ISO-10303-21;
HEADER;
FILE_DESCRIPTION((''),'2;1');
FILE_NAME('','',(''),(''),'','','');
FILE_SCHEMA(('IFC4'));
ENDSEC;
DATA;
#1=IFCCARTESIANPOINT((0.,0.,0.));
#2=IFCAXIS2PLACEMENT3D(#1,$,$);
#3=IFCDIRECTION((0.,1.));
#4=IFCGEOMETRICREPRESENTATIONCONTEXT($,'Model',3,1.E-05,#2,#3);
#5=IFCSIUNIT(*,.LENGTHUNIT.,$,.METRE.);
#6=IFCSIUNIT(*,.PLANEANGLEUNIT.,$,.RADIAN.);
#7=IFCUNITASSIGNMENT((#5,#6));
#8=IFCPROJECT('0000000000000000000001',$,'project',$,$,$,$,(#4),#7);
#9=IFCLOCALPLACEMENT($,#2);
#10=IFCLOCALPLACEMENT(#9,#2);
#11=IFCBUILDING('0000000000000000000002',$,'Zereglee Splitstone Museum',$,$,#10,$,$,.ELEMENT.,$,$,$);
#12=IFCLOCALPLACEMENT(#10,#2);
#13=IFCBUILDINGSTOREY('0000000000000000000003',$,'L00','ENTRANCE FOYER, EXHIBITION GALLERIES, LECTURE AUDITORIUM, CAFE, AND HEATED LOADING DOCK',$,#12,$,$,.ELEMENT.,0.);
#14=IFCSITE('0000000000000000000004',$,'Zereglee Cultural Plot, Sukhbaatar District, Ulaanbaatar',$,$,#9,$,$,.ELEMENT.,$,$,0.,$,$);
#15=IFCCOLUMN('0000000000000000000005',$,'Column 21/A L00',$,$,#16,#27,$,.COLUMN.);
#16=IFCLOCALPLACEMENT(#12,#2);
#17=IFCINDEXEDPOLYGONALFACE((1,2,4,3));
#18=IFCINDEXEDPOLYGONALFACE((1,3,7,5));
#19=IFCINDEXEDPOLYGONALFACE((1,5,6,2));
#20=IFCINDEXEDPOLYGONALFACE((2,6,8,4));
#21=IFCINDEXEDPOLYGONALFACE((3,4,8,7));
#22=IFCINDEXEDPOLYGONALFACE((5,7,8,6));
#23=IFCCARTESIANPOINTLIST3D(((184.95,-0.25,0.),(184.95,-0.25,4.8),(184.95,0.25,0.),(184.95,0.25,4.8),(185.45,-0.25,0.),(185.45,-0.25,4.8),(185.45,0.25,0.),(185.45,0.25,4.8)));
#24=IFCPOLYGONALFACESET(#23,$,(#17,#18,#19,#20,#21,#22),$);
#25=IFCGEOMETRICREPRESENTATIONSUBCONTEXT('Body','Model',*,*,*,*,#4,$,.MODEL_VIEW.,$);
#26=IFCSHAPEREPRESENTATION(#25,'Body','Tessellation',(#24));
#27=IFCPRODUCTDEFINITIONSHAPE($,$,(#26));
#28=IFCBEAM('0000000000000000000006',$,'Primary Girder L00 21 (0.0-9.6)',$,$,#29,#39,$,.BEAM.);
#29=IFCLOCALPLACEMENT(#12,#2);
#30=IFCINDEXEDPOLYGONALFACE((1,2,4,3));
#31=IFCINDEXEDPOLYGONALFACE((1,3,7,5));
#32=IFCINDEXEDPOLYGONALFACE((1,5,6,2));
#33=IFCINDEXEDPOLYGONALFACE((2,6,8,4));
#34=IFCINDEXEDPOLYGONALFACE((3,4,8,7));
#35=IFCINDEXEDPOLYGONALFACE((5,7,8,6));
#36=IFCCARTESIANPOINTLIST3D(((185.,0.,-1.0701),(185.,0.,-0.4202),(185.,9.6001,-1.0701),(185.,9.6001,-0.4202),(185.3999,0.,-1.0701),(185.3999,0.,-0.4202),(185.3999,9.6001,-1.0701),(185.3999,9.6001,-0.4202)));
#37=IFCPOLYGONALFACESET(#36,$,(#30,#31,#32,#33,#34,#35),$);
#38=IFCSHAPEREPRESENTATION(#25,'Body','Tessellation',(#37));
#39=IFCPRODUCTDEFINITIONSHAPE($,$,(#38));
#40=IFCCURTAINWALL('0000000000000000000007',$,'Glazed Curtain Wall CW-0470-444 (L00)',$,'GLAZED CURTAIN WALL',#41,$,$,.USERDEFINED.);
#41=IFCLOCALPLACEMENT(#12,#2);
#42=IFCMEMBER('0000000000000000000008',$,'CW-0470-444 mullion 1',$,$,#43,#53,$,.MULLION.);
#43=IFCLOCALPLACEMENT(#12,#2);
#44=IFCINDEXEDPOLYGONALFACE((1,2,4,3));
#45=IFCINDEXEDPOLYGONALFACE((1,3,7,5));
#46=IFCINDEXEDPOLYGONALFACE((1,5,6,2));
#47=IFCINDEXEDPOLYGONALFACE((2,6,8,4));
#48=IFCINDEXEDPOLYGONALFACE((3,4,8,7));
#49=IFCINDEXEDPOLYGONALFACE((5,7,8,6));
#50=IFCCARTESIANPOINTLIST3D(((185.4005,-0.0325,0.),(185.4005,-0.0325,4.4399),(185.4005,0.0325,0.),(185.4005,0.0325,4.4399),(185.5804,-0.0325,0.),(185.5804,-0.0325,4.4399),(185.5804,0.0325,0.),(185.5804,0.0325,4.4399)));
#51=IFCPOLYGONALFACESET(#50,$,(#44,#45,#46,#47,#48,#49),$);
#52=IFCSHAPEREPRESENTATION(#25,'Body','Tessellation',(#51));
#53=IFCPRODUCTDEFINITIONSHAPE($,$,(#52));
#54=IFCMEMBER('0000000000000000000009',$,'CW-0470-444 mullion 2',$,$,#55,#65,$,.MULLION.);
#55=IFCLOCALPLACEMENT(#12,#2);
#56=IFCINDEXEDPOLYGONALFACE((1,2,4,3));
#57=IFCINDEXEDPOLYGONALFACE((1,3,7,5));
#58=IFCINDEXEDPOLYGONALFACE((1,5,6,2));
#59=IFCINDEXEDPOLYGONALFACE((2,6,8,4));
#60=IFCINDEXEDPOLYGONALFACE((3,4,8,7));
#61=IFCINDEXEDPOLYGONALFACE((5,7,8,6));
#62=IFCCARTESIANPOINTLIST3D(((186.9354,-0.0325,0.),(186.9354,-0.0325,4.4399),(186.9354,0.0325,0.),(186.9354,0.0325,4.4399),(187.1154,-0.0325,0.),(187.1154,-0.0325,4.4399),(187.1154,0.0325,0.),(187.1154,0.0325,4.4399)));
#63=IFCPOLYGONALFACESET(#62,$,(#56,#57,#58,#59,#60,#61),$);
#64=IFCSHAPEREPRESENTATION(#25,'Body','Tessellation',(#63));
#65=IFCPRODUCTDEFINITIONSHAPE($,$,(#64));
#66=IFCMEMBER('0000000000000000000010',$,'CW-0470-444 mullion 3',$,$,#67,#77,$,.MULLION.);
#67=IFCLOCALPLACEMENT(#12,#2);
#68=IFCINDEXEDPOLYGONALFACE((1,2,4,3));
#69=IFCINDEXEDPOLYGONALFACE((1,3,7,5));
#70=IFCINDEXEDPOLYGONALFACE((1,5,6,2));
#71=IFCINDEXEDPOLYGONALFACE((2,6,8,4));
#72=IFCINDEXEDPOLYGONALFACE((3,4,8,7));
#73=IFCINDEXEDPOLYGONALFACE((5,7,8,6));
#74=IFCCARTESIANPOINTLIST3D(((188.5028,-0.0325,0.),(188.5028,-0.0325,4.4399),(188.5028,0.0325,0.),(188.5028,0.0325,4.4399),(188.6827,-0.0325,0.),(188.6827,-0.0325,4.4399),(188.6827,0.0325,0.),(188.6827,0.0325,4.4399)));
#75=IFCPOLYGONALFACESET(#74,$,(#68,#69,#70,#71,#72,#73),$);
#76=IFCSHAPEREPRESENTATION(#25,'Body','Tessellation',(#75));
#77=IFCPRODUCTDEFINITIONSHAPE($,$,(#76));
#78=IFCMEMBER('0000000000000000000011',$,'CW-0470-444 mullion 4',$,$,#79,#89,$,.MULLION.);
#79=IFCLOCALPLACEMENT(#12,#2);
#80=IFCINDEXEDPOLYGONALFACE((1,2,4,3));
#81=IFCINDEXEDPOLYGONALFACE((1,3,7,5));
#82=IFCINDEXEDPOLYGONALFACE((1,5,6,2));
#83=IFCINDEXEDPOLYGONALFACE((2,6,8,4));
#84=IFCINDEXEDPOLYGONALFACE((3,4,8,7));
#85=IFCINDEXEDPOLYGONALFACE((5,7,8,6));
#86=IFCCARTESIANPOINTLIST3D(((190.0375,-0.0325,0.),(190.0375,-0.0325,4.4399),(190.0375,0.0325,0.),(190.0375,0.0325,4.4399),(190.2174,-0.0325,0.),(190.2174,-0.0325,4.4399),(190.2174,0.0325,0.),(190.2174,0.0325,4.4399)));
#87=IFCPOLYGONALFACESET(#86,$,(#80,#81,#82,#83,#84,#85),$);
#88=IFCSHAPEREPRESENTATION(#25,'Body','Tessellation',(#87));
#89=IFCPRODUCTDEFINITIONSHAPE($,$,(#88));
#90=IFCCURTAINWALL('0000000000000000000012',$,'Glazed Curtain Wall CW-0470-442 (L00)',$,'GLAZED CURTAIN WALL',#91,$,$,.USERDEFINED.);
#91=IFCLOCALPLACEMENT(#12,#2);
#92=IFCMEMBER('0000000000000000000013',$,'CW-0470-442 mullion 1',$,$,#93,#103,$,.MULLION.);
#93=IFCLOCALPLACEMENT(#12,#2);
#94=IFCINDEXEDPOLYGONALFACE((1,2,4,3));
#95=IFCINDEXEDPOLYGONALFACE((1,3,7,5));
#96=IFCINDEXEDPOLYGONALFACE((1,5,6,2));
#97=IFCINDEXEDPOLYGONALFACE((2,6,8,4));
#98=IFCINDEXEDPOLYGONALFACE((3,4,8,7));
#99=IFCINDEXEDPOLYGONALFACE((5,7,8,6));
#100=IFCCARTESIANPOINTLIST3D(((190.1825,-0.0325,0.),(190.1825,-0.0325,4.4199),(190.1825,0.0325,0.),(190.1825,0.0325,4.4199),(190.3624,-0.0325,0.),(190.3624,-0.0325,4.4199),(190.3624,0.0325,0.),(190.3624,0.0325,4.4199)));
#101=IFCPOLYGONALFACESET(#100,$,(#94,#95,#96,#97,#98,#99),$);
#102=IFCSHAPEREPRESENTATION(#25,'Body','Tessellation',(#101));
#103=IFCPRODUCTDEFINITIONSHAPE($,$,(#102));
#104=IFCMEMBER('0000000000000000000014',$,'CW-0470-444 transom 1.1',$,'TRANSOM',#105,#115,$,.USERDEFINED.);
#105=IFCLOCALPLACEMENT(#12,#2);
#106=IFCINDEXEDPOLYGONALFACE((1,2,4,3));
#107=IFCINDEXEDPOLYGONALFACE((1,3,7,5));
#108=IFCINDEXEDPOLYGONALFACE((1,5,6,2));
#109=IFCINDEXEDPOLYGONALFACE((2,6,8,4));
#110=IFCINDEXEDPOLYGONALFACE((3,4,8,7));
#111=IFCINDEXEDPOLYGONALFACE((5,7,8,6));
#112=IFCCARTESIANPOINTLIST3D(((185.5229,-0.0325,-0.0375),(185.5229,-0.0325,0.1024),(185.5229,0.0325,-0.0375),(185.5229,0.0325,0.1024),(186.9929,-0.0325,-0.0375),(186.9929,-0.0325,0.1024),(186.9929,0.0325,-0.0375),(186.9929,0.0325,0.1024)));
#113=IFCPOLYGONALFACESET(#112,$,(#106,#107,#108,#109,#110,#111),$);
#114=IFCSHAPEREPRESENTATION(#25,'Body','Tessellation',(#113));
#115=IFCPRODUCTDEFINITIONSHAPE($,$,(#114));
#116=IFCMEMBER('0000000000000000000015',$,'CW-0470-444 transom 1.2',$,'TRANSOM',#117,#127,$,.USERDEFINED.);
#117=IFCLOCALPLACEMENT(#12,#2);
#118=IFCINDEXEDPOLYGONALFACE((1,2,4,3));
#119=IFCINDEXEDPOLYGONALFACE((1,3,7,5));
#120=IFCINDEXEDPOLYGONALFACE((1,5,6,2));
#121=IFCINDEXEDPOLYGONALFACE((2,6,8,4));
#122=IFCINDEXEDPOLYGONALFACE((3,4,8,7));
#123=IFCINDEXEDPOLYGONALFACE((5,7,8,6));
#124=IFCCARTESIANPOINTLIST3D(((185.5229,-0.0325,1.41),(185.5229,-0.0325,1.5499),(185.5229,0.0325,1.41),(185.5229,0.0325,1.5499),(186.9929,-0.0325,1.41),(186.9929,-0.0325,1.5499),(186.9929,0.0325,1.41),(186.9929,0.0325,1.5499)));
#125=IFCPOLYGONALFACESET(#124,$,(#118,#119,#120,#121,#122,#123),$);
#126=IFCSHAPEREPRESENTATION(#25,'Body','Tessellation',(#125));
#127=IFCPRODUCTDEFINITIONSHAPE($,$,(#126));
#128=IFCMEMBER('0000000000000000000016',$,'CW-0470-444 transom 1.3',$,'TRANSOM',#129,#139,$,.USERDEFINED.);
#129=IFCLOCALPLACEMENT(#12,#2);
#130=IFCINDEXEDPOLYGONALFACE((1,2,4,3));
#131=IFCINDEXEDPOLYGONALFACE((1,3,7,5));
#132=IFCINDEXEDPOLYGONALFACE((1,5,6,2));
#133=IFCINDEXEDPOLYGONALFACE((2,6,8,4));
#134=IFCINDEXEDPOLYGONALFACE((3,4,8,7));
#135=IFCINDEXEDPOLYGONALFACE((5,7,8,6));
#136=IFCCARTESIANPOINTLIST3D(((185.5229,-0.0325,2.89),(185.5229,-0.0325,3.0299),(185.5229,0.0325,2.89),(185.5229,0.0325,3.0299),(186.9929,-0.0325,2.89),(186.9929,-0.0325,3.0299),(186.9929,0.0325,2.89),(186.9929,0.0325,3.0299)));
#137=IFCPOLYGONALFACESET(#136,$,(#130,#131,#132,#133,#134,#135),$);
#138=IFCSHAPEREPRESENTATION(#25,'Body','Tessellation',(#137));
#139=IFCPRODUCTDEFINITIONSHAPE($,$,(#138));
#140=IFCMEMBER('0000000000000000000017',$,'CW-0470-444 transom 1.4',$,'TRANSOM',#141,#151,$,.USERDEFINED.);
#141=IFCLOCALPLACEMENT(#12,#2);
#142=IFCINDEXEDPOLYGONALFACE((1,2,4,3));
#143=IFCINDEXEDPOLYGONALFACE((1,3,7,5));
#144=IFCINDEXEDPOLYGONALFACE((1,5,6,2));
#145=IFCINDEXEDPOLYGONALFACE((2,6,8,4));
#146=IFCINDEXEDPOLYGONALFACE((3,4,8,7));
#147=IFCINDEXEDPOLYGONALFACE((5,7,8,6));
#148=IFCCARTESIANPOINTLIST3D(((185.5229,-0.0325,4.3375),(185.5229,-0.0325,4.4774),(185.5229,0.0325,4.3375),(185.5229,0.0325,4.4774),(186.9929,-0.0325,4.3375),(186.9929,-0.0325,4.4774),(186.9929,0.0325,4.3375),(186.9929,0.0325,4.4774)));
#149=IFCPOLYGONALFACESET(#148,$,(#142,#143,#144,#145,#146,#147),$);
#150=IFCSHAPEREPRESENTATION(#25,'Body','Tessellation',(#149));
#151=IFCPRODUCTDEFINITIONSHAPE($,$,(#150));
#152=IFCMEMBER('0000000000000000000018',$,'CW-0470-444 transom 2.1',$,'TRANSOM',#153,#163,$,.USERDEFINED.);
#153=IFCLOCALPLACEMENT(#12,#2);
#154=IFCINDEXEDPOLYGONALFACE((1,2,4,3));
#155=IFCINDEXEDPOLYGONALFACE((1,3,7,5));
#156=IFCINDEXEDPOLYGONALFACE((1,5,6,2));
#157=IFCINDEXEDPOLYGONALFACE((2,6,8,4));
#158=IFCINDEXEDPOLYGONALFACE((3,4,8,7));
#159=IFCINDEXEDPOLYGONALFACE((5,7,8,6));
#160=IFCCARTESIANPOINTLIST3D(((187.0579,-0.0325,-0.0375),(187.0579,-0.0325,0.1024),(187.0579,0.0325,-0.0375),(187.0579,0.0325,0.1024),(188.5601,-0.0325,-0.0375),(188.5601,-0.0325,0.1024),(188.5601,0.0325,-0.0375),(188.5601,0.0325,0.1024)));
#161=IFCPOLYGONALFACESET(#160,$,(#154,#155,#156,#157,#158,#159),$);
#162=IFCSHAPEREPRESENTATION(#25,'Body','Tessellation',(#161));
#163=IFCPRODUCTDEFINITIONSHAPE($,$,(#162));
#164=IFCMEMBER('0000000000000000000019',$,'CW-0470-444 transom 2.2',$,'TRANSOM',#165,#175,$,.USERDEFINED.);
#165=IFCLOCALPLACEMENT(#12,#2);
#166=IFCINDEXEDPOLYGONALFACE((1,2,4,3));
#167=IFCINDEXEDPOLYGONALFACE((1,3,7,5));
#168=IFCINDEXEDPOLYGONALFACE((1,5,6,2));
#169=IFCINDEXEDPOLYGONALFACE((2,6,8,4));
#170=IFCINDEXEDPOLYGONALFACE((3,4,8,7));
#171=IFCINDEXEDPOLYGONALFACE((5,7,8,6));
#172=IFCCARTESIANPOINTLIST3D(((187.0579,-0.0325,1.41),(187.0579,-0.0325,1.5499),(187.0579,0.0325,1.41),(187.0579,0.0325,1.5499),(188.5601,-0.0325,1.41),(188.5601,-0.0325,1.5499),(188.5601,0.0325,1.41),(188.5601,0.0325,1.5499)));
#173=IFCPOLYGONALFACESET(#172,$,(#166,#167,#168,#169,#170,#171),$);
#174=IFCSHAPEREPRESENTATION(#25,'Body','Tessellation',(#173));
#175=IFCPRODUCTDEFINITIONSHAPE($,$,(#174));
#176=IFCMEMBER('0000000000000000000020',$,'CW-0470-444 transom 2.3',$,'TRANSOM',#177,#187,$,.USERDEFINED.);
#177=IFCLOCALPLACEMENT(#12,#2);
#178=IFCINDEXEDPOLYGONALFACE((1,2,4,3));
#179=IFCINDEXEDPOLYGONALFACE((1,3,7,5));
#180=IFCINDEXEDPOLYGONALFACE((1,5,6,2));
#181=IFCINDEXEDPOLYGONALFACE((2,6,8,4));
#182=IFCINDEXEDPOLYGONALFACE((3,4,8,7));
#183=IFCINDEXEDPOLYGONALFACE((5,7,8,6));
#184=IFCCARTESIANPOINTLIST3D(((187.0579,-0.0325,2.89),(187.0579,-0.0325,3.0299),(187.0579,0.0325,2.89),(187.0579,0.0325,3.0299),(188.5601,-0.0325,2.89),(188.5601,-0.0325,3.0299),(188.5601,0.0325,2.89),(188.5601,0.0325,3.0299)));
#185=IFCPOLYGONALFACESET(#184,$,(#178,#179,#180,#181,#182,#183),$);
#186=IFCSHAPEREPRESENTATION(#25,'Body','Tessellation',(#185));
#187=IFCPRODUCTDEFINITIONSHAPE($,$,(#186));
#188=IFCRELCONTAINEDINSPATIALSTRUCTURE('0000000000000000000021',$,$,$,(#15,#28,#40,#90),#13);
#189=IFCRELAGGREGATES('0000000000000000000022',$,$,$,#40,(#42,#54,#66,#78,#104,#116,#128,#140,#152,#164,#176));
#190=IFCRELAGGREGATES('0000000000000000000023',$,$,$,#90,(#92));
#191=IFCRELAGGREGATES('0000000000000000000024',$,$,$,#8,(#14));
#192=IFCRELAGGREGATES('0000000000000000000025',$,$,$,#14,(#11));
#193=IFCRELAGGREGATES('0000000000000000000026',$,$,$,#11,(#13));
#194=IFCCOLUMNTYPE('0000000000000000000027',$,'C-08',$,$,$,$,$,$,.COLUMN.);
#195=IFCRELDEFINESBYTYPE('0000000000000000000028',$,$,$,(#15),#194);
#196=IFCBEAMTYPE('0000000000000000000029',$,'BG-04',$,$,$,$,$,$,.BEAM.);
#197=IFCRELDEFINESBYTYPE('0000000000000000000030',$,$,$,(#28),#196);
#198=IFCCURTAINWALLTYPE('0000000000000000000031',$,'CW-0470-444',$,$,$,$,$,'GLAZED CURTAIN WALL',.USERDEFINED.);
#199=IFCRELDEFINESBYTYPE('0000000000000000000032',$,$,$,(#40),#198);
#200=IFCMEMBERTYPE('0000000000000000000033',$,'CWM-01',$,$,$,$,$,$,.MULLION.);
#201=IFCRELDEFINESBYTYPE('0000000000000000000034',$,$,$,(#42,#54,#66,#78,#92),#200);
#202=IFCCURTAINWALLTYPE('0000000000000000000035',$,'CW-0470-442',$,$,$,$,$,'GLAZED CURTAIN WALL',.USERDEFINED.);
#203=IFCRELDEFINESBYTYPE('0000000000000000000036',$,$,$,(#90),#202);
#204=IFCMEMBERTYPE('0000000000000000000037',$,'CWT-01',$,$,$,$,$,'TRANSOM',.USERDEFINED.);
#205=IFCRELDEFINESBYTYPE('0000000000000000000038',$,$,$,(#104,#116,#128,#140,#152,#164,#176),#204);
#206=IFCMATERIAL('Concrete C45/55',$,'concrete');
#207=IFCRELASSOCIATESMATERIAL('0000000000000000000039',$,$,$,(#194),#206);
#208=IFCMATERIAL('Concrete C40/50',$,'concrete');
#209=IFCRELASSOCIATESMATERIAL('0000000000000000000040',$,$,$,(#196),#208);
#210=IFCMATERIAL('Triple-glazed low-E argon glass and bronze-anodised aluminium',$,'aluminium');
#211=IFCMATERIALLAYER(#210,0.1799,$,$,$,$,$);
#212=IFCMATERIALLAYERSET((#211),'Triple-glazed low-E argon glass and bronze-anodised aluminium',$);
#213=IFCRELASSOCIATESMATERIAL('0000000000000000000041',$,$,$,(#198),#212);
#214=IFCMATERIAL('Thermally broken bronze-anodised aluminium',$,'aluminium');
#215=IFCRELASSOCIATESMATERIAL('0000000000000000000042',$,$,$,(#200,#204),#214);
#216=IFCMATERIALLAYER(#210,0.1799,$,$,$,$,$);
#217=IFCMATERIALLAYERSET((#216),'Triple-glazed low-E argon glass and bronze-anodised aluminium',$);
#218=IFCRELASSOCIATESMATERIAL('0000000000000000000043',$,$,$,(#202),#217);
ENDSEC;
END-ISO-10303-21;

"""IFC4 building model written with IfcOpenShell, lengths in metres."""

from ifc_helpers import new_model, si_unit, direction, frame, origin, origin_2d, place, context, subcontext, project, spatial, rectangle, extrude, material, layer, layer_set, material_profile, profile_set, type_object, element, aggregate, save


model = new_model("IFC4")

# Units and contexts
model_context = context("Model", 3, precision=1e-05, world=origin(), true_north=direction((0.0, 1.0)))
body_context = subcontext(model_context, "Body", "Model", "MODEL_VIEW")
ifc_project = project(units=[si_unit("LENGTHUNIT", "METRE"), si_unit("PLANEANGLEUNIT", "RADIAN")], contexts=[model_context])

# Site, building, storey
site_placement = place(None, origin())
site = spatial("IfcSite", under=ifc_project, at=site_placement, Name="Zereglee Cultural Plot, Sukhbaatar District, Ulaanbaatar", CompositionType="ELEMENT", RefElevation=0.0)
building_placement = place(site_placement, origin())
building = spatial("IfcBuilding", under=site, at=building_placement, Name="Zereglee Splitstone Museum", CompositionType="ELEMENT")
storey_placement = place(building_placement, origin())
storey = spatial("IfcBuildingStorey", under=building, at=storey_placement, Name="L00", Description="ENTRANCE FOYER, EXHIBITION GALLERIES, LECTURE AUDITORIUM, CAFE, AND HEATED LOADING DOCK", CompositionType="ELEMENT", Elevation=0.0)

# Column
ifc_material_1 = material(Name="Concrete C45/55", Category="concrete")
ifc_material_profile_1 = material_profile(ifc_material_1, rectangle(XDim=0.5, YDim=0.5, at=origin_2d()), Name="RC 500x500")
ifc_profile_set_1 = profile_set([ifc_material_profile_1], Name="Concrete C45/55")
column_type = type_object("IfcColumnType", Name="C-08", PredefinedType="COLUMN", material=ifc_profile_set_1)
column_placement = place(storey_placement, frame((185.2, 0.0, 0.0), z_axis=(0.0, 0.0, 1.0), x_axis=(1.0, 0.0, 0.0)))
element("IfcColumn", 1, at=column_placement, inside=storey, type_object=column_type, Name="Column 21/A L00", PredefinedType="COLUMN", context=body_context, shape_type="SweptSolid", body=[
    extrude(rectangle(XDim=0.5, YDim=0.5, at=origin_2d()), origin(), (0.0, 0.0, 1.0), 4.8),
])

# Beam
ifc_material_2 = material(Name="Concrete C40/50", Category="concrete")
ifc_material_profile_2 = material_profile(ifc_material_2, rectangle(XDim=0.3999, YDim=0.6499, at=origin_2d()), Name="RC 400x650")
ifc_profile_set_2 = profile_set([ifc_material_profile_2], Name="Concrete C40/50")
beam_type_1 = type_object("IfcBeamType", Name="BG-04", PredefinedType="BEAM", material=ifc_profile_set_2)
beam_1_placement = place(storey_placement, frame((185.2, 0.0, -0.7451), z_axis=(0.0, 1.0, 0.0), x_axis=(-1.0, 0.0, 0.0)))
element("IfcBeam", 2, at=beam_1_placement, inside=storey, type_object=beam_type_1, Name="Primary Girder L00 21 (0.0-9.6)", PredefinedType="BEAM", context=body_context, shape_type="SweptSolid", body=[
    extrude(rectangle(XDim=0.3999, YDim=0.6499, at=origin_2d()), origin(), (0.0, 0.0, 1.0), 9.6001),
])

# Curtain wall, members
ifc_material_3 = material(Name="Triple-glazed low-E argon glass and bronze-anodised aluminium", Category="aluminium")
ifc_layer_1 = layer(ifc_material_3, 0.1799)
ifc_layer_set_1 = layer_set([ifc_layer_1], Name="Triple-glazed low-E argon glass and bronze-anodised aluminium")
curtain_wall_type_1 = type_object("IfcCurtainWallType", Name="CW-0470-444", ElementType="GLAZED CURTAIN WALL", PredefinedType="USERDEFINED", material=ifc_layer_set_1)
curtain_wall_1_placement = place(storey_placement, origin())
curtain_wall_1 = element("IfcCurtainWall", 3, at=curtain_wall_1_placement, inside=storey, type_object=curtain_wall_type_1, Name="Glazed Curtain Wall CW-0470-444 (L00)", ObjectType="GLAZED CURTAIN WALL", PredefinedType="USERDEFINED")
ifc_material_4 = material(Name="Thermally broken bronze-anodised aluminium", Category="aluminium")
ifc_material_profile_3 = material_profile(ifc_material_4, rectangle(XDim=0.0649, YDim=0.1799, at=origin_2d()), Name="CW MULL 65x180")
ifc_profile_set_3 = profile_set([ifc_material_profile_3], Name="Thermally broken bronze-anodised aluminium")
member_type_1 = type_object("IfcMemberType", Name="CWM-01", PredefinedType="MULLION", material=ifc_profile_set_3)
member_1_placement = place(storey_placement, frame((185.4905, 0.0, 0.0), z_axis=(0.0, 0.0, 1.0), x_axis=(0.0, 1.0, 0.0)))
member_1 = element("IfcMember", 4, at=member_1_placement, type_object=member_type_1, Name="CW-0470-444 mullion 1", PredefinedType="MULLION", context=body_context, shape_type="SweptSolid", body=[
    extrude(rectangle(XDim=0.0649, YDim=0.1799, at=origin_2d()), origin(), (0.0, 0.0, 1.0), 4.4399),
])
member_2_placement = place(storey_placement, frame((187.0254, 0.0, 0.0), z_axis=(0.0, 0.0, 1.0), x_axis=(0.0, 1.0, 0.0)))
member_2 = element("IfcMember", 5, at=member_2_placement, type_object=member_type_1, Name="CW-0470-444 mullion 2", PredefinedType="MULLION", context=body_context, shape_type="SweptSolid", body=[
    extrude(rectangle(XDim=0.0649, YDim=0.1799, at=origin_2d()), origin(), (0.0, 0.0, 1.0), 4.4399),
])
member_3_placement = place(storey_placement, frame((188.5928, 0.0, 0.0), z_axis=(0.0, 0.0, 1.0), x_axis=(0.0, 1.0, 0.0)))
member_3 = element("IfcMember", 6, at=member_3_placement, type_object=member_type_1, Name="CW-0470-444 mullion 3", PredefinedType="MULLION", context=body_context, shape_type="SweptSolid", body=[
    extrude(rectangle(XDim=0.0649, YDim=0.1799, at=origin_2d()), origin(), (0.0, 0.0, 1.0), 4.4399),
])
member_4_placement = place(storey_placement, frame((190.1274, 0.0, 0.0), z_axis=(0.0, 0.0, 1.0), x_axis=(0.0, 1.0, 0.0)))
member_4 = element("IfcMember", 7, at=member_4_placement, type_object=member_type_1, Name="CW-0470-444 mullion 4", PredefinedType="MULLION", context=body_context, shape_type="SweptSolid", body=[
    extrude(rectangle(XDim=0.0649, YDim=0.1799, at=origin_2d()), origin(), (0.0, 0.0, 1.0), 4.4399),
])

# Curtain wall, member
ifc_layer_2 = layer(ifc_material_3, 0.1799)
ifc_layer_set_2 = layer_set([ifc_layer_2], Name="Triple-glazed low-E argon glass and bronze-anodised aluminium")
curtain_wall_type_2 = type_object("IfcCurtainWallType", Name="CW-0470-442", ElementType="GLAZED CURTAIN WALL", PredefinedType="USERDEFINED", material=ifc_layer_set_2)
curtain_wall_2_placement = place(storey_placement, origin())
curtain_wall_2 = element("IfcCurtainWall", 8, at=curtain_wall_2_placement, inside=storey, type_object=curtain_wall_type_2, Name="Glazed Curtain Wall CW-0470-442 (L00)", ObjectType="GLAZED CURTAIN WALL", PredefinedType="USERDEFINED")
member_5_placement = place(storey_placement, frame((190.2725, 0.0, 0.0), z_axis=(0.0, 0.0, 1.0), x_axis=(0.0, 1.0, 0.0)))
member_5 = element("IfcMember", 9, at=member_5_placement, type_object=member_type_1, Name="CW-0470-442 mullion 1", PredefinedType="MULLION", context=body_context, shape_type="SweptSolid", body=[
    extrude(rectangle(XDim=0.0649, YDim=0.1799, at=origin_2d()), origin(), (0.0, 0.0, 1.0), 4.4199),
])

# Members
ifc_material_profile_4 = material_profile(ifc_material_4, rectangle(XDim=0.0649, YDim=0.1399, at=origin_2d()), Name="CW TRAN 65x140")
ifc_profile_set_4 = profile_set([ifc_material_profile_4], Name="Thermally broken bronze-anodised aluminium")
member_type_2 = type_object("IfcMemberType", Name="CWT-01", ElementType="TRANSOM", PredefinedType="USERDEFINED", material=ifc_profile_set_4)
member_6_placement = place(storey_placement, frame((185.5229, 0.0, 0.0325), z_axis=(1.0, 0.0, 0.0), x_axis=(0.0, 1.0, 0.0)))
member_6 = element("IfcMember", 10, at=member_6_placement, type_object=member_type_2, Name="CW-0470-444 transom 1.1", ObjectType="TRANSOM", PredefinedType="USERDEFINED", context=body_context, shape_type="SweptSolid", body=[
    extrude(rectangle(XDim=0.0649, YDim=0.1399, at=origin_2d()), origin(), (0.0, 0.0, 1.0), 1.47),
])
member_7_placement = place(storey_placement, frame((185.5229, 0.0, 1.48), z_axis=(1.0, 0.0, 0.0), x_axis=(0.0, 1.0, 0.0)))
member_7 = element("IfcMember", 11, at=member_7_placement, type_object=member_type_2, Name="CW-0470-444 transom 1.2", ObjectType="TRANSOM", PredefinedType="USERDEFINED", context=body_context, shape_type="SweptSolid", body=[
    extrude(rectangle(XDim=0.0649, YDim=0.1399, at=origin_2d()), origin(), (0.0, 0.0, 1.0), 1.47),
])
member_8_placement = place(storey_placement, frame((185.5229, 0.0, 2.96), z_axis=(1.0, 0.0, 0.0), x_axis=(0.0, 1.0, 0.0)))
member_8 = element("IfcMember", 12, at=member_8_placement, type_object=member_type_2, Name="CW-0470-444 transom 1.3", ObjectType="TRANSOM", PredefinedType="USERDEFINED", context=body_context, shape_type="SweptSolid", body=[
    extrude(rectangle(XDim=0.0649, YDim=0.1399, at=origin_2d()), origin(), (0.0, 0.0, 1.0), 1.47),
])
member_9_placement = place(storey_placement, frame((185.5229, 0.0, 4.4075), z_axis=(1.0, 0.0, 0.0), x_axis=(0.0, 1.0, 0.0)))
member_9 = element("IfcMember", 13, at=member_9_placement, type_object=member_type_2, Name="CW-0470-444 transom 1.4", ObjectType="TRANSOM", PredefinedType="USERDEFINED", context=body_context, shape_type="SweptSolid", body=[
    extrude(rectangle(XDim=0.0649, YDim=0.1399, at=origin_2d()), origin(), (0.0, 0.0, 1.0), 1.47),
])
member_10_placement = place(storey_placement, frame((187.0579, 0.0, 0.0325), z_axis=(1.0, 0.0, 0.0), x_axis=(0.0, 1.0, 0.0)))
member_10 = element("IfcMember", 14, at=member_10_placement, type_object=member_type_2, Name="CW-0470-444 transom 2.1", ObjectType="TRANSOM", PredefinedType="USERDEFINED", context=body_context, shape_type="SweptSolid", body=[
    extrude(rectangle(XDim=0.0649, YDim=0.1399, at=origin_2d()), origin(), (0.0, 0.0, 1.0), 1.5022),
])
member_11_placement = place(storey_placement, frame((187.0579, 0.0, 1.48), z_axis=(1.0, 0.0, 0.0), x_axis=(0.0, 1.0, 0.0)))
member_11 = element("IfcMember", 15, at=member_11_placement, type_object=member_type_2, Name="CW-0470-444 transom 2.2", ObjectType="TRANSOM", PredefinedType="USERDEFINED", context=body_context, shape_type="SweptSolid", body=[
    extrude(rectangle(XDim=0.0649, YDim=0.1399, at=origin_2d()), origin(), (0.0, 0.0, 1.0), 1.5022),
])
member_12_placement = place(storey_placement, frame((187.0579, 0.0, 2.96), z_axis=(1.0, 0.0, 0.0), x_axis=(0.0, 1.0, 0.0)))
member_12 = element("IfcMember", 16, at=member_12_placement, type_object=member_type_2, Name="CW-0470-444 transom 2.3", ObjectType="TRANSOM", PredefinedType="USERDEFINED", context=body_context, shape_type="SweptSolid", body=[
    extrude(rectangle(XDim=0.0649, YDim=0.1399, at=origin_2d()), origin(), (0.0, 0.0, 1.0), 1.5022),
])

aggregate(curtain_wall_1, [member_1, member_2, member_3, member_4, member_6, member_7, member_8, member_9, member_10, member_11, member_12])
aggregate(curtain_wall_2, [member_5])

save(model, "model.ifc")
